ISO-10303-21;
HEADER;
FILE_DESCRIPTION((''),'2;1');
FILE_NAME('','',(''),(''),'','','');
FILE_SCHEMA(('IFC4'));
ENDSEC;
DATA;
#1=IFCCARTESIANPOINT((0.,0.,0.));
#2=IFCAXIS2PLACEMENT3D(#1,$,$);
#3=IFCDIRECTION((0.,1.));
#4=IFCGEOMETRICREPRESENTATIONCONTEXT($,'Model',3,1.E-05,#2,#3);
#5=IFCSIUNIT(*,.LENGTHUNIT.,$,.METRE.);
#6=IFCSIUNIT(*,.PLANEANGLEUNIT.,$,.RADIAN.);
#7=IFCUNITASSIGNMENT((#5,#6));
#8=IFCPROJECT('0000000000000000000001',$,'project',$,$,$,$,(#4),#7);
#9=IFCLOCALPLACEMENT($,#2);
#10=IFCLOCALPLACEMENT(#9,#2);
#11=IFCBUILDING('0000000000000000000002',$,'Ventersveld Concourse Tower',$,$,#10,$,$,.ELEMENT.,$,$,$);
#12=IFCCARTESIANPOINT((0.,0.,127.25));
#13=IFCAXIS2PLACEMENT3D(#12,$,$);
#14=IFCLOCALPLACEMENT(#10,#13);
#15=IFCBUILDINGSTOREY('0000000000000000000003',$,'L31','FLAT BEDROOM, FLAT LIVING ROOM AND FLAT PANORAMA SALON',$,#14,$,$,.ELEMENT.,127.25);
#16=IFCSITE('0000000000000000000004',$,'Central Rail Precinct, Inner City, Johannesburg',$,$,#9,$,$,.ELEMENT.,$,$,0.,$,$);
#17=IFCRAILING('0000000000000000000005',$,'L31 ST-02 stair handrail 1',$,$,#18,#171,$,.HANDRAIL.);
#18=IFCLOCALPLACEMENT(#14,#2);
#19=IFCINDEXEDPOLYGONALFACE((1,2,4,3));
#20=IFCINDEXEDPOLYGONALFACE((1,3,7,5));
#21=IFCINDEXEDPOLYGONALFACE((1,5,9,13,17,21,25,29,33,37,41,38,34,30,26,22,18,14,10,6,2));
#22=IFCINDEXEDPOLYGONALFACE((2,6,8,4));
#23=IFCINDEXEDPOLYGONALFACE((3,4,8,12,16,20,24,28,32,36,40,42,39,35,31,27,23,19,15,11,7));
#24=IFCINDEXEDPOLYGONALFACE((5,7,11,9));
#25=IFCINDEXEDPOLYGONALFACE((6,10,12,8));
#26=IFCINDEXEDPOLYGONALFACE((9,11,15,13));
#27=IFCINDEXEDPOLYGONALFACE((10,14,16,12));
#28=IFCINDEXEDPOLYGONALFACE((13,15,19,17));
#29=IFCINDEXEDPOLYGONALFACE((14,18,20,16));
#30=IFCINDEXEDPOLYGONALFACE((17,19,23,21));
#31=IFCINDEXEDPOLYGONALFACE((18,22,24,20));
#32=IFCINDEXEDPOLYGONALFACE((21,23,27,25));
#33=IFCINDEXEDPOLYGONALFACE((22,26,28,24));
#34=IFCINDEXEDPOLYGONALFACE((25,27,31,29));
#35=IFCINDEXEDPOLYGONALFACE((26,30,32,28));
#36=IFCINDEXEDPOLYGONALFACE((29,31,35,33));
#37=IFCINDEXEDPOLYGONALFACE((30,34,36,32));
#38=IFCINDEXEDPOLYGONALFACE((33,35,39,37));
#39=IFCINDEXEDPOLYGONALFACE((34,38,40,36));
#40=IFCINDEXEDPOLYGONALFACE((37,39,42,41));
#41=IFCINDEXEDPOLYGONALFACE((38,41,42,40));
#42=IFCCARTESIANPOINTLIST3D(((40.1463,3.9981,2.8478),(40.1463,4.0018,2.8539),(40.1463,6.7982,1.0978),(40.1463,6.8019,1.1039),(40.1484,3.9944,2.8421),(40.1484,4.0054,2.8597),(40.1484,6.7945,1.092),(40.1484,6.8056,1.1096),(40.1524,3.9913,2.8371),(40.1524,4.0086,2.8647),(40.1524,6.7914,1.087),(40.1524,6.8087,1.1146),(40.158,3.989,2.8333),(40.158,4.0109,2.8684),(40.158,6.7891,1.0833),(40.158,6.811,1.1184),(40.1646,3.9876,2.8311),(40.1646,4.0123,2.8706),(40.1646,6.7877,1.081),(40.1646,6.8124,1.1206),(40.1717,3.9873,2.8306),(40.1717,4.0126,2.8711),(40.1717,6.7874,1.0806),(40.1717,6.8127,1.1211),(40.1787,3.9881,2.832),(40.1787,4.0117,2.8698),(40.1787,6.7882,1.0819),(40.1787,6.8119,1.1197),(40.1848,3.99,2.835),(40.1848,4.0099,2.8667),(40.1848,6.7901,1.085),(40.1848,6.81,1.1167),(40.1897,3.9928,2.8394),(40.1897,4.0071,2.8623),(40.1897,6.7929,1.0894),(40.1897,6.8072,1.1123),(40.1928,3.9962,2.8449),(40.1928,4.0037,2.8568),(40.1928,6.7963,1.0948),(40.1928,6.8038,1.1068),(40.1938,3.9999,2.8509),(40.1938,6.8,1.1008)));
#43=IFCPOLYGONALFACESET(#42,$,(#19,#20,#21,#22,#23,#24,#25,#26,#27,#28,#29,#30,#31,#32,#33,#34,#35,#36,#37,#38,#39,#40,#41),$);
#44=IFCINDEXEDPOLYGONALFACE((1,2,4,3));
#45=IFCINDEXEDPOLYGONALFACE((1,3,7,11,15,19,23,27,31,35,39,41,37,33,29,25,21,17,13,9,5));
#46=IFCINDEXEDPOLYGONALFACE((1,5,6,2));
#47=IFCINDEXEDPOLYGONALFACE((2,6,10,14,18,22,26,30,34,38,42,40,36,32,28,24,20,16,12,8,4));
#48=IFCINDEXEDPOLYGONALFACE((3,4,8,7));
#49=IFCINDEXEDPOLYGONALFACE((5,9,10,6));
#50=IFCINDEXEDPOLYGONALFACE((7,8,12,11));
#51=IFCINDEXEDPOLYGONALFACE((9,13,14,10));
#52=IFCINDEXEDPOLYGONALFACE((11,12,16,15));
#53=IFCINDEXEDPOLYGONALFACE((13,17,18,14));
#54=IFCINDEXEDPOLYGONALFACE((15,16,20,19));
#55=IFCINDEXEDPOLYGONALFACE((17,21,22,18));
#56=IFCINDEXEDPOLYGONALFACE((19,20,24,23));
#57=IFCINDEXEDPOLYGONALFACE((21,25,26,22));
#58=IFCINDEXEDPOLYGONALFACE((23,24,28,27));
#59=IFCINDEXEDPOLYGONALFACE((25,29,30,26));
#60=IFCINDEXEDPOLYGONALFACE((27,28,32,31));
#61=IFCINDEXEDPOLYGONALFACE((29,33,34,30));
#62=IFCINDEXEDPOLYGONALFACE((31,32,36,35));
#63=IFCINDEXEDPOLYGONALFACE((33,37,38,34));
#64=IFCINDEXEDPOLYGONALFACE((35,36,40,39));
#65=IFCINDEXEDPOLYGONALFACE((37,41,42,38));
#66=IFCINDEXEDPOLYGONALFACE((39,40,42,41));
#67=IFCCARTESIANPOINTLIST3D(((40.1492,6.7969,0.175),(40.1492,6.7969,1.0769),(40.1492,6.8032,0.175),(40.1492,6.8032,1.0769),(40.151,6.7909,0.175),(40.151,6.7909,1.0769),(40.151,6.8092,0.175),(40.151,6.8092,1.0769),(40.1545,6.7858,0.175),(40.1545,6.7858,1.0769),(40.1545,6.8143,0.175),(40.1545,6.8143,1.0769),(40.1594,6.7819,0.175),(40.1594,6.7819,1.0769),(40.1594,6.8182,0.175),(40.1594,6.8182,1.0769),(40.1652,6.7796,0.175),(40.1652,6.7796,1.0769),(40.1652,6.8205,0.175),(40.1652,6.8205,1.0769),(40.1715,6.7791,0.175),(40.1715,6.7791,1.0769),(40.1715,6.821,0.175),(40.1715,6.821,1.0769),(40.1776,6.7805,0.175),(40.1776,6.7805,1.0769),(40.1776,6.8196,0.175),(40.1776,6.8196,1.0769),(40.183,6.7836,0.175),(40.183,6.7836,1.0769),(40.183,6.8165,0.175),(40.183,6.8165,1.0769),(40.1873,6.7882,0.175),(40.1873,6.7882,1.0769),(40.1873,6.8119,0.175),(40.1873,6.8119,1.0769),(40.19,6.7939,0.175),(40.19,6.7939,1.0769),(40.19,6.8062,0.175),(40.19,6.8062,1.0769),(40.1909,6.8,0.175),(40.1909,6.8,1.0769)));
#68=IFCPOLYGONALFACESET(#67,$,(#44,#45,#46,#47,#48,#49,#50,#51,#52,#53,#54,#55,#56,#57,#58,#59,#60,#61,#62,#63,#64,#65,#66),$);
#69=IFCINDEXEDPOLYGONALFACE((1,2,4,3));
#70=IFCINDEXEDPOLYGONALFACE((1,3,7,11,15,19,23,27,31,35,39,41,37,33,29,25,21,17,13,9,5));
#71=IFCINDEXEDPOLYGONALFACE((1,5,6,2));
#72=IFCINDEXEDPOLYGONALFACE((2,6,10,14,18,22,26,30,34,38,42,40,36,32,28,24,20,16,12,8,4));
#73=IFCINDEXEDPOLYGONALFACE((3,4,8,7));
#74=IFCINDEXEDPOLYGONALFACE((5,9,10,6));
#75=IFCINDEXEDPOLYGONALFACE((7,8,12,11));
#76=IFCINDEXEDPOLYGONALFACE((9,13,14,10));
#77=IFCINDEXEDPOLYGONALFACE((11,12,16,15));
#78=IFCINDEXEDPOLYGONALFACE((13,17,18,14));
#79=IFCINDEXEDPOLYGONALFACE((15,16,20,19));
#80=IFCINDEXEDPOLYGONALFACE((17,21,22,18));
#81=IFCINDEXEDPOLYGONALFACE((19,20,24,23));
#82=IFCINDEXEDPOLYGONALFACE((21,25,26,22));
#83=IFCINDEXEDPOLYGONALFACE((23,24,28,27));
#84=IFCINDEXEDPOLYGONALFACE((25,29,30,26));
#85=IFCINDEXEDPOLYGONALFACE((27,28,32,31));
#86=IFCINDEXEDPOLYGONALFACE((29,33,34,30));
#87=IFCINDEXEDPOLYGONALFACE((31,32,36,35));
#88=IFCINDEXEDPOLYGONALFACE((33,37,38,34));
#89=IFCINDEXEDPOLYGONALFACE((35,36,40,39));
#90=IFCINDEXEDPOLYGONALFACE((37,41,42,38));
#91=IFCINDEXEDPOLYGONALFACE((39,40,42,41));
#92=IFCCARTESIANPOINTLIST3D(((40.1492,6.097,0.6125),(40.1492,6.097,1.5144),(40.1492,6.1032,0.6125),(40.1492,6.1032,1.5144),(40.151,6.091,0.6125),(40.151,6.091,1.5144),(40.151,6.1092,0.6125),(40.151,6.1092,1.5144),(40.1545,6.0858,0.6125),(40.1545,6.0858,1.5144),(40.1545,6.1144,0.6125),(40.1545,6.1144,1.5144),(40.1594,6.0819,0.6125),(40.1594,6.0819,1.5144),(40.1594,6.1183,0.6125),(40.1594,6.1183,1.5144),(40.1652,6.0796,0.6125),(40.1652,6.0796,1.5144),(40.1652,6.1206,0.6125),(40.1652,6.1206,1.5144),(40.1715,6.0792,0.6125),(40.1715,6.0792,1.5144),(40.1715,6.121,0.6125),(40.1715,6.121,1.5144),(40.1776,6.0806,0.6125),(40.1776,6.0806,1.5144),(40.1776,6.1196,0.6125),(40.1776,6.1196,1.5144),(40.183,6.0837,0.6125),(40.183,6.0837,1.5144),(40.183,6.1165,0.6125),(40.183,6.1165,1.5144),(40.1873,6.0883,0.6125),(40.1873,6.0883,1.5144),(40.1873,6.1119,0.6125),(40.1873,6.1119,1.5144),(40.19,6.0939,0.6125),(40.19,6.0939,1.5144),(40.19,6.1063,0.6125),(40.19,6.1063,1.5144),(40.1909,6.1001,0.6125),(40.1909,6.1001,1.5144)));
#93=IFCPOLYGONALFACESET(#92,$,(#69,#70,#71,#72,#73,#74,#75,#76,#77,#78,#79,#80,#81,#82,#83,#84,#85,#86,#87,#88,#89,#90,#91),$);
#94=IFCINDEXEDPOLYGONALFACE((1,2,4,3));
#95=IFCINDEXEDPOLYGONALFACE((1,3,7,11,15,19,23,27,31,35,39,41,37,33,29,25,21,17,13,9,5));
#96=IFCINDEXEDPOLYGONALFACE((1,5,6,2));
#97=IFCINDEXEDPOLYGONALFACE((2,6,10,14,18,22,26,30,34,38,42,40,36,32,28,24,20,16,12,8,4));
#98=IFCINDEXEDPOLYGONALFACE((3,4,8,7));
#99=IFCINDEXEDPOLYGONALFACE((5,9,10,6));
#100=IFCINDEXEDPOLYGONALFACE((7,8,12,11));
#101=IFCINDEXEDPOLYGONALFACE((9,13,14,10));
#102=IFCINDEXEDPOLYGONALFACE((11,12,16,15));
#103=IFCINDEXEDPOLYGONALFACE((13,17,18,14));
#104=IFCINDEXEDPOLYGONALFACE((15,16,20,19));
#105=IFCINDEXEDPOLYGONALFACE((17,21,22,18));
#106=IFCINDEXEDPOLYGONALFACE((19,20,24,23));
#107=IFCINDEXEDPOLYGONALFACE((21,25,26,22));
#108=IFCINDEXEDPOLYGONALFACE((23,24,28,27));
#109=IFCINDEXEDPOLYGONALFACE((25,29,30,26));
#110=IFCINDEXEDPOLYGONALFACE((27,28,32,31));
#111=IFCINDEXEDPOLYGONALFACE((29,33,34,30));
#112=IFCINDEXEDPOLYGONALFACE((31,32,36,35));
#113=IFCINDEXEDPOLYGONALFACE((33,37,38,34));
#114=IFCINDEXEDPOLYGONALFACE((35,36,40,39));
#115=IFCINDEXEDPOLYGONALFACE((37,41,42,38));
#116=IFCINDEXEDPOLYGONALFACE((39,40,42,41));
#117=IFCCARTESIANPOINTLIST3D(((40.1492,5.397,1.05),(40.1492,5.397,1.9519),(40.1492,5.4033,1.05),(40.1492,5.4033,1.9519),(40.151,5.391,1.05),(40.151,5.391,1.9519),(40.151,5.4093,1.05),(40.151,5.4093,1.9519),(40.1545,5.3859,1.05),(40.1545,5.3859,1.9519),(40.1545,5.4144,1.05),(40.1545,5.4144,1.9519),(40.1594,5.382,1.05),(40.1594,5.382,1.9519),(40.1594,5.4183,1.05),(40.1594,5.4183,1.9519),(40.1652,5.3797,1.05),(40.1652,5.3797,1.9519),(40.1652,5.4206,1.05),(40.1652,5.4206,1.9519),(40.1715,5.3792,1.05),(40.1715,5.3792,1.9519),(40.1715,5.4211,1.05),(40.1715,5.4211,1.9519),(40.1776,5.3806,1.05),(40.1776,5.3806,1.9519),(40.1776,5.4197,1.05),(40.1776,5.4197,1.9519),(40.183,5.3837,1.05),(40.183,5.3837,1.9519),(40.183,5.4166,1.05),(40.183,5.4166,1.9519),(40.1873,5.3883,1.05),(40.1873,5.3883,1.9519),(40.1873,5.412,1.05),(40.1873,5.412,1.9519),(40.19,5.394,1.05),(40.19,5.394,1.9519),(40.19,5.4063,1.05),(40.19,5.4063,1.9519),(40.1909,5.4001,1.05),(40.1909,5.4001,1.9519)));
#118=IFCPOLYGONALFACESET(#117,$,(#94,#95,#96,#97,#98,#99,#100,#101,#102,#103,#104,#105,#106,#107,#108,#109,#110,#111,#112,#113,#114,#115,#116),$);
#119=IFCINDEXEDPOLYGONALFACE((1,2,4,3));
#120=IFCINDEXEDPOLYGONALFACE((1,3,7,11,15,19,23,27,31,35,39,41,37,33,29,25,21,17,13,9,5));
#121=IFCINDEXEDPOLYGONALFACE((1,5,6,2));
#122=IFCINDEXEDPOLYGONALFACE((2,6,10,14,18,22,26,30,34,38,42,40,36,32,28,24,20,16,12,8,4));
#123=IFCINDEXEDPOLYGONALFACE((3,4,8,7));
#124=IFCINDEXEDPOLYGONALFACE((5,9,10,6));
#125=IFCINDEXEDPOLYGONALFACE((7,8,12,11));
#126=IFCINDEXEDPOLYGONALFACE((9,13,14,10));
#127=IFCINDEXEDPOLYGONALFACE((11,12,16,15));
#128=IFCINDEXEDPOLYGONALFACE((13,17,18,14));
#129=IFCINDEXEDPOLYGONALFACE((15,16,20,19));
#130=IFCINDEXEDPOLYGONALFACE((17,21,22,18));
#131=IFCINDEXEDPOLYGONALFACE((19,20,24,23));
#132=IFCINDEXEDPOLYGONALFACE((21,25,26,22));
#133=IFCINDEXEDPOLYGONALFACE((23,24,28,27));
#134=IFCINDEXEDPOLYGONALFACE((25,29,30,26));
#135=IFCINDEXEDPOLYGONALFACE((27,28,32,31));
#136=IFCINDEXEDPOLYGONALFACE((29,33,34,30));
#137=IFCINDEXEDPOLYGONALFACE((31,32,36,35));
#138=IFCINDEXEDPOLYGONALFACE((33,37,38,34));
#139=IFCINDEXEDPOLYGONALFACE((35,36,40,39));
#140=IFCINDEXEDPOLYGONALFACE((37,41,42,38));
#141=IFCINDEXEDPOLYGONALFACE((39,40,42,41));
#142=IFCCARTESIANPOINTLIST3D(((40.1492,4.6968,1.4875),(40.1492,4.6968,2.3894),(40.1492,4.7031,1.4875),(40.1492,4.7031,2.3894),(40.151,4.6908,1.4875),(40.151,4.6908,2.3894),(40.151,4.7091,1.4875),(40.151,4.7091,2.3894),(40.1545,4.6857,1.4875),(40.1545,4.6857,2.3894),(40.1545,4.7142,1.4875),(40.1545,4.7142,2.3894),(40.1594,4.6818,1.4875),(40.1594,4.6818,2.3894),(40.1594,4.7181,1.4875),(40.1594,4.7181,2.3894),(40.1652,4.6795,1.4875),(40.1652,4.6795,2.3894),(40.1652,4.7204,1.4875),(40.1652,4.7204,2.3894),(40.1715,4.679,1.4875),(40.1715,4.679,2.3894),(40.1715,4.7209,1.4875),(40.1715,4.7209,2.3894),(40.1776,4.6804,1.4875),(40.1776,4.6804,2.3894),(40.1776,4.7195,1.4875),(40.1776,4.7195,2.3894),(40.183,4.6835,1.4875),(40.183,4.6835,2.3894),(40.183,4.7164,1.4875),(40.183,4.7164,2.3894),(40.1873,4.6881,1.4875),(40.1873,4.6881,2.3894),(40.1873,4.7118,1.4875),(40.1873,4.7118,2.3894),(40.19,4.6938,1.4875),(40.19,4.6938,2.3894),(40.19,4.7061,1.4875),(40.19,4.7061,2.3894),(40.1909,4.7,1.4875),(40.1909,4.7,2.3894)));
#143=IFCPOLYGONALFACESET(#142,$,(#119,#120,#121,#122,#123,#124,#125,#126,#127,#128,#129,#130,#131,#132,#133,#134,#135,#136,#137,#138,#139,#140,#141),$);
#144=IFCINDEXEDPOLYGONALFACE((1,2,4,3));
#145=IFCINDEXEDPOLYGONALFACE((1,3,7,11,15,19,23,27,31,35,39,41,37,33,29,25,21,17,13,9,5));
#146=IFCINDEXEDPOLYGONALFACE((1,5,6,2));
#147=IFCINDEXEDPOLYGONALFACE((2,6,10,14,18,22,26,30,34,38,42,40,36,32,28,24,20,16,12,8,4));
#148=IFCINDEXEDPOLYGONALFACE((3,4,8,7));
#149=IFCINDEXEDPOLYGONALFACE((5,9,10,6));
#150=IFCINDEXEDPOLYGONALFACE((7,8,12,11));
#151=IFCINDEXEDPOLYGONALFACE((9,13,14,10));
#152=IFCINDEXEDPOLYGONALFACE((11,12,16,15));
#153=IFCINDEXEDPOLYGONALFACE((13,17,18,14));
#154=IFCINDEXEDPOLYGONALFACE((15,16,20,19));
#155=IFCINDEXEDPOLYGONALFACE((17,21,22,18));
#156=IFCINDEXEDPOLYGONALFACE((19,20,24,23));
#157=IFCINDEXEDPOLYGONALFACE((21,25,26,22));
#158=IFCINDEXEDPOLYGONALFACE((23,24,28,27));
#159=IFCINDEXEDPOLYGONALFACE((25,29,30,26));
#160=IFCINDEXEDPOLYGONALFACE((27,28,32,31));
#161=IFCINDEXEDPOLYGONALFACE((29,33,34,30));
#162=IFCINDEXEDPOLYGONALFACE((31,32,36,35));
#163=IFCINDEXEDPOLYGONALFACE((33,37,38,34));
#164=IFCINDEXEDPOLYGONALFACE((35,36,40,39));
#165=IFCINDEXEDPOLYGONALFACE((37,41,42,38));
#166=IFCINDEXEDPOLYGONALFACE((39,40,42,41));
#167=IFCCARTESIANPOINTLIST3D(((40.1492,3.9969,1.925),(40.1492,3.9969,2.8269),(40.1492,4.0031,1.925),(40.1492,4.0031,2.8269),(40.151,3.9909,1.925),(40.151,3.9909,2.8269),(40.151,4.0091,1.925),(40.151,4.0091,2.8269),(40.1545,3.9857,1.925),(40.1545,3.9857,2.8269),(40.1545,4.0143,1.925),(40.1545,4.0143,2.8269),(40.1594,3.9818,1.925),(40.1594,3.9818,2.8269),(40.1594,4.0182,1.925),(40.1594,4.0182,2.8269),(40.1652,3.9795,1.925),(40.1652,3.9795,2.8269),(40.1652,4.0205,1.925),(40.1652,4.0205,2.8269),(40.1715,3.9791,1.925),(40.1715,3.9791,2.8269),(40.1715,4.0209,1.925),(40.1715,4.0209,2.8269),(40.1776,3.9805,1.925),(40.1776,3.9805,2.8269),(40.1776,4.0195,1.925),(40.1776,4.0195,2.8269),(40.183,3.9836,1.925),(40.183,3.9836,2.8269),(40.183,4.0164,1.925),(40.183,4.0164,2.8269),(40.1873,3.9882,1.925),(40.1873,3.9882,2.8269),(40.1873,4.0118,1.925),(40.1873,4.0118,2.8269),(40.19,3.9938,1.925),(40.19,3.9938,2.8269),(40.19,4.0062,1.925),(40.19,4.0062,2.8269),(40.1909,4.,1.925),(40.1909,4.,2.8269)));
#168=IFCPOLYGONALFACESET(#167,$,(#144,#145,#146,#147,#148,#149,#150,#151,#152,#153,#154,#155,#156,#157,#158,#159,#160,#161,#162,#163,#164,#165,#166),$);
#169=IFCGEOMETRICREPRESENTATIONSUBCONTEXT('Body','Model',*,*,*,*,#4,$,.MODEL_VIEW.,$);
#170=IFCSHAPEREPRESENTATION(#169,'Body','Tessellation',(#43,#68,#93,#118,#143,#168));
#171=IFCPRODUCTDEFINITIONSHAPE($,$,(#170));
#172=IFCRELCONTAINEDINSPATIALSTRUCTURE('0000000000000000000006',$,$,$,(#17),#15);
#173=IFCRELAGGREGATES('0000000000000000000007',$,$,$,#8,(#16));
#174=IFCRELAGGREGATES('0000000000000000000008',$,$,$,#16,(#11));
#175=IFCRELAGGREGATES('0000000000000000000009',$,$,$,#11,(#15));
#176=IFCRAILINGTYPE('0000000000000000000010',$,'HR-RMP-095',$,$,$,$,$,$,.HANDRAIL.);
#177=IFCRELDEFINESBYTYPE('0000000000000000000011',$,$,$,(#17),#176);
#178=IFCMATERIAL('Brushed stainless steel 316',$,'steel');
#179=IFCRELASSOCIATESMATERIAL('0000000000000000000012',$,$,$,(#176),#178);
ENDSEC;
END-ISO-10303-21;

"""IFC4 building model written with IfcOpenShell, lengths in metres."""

from ifc_helpers import new_model, si_unit, direction, frame, origin, origin_2d, place, context, subcontext, project, spatial, circle, extrude, material, type_object, element, save


model = new_model("IFC4")

# Units and contexts
model_context = context("Model", 3, precision=1e-05, world=origin(), true_north=direction((0.0, 1.0)))
body_context = subcontext(model_context, "Body", "Model", "MODEL_VIEW")
ifc_project = project(units=[si_unit("LENGTHUNIT", "METRE"), si_unit("PLANEANGLEUNIT", "RADIAN")], contexts=[model_context])

# Site, building, storey
site_placement = place(None, origin())
site = spatial("IfcSite", under=ifc_project, at=site_placement, Name="Central Rail Precinct, Inner City, Johannesburg", CompositionType="ELEMENT", RefElevation=0.0)
building_placement = place(site_placement, origin())
building = spatial("IfcBuilding", under=site, at=building_placement, Name="Ventersveld Concourse Tower", CompositionType="ELEMENT")
storey_placement = place(building_placement, frame((0.0, 0.0, 127.25)))
storey = spatial("IfcBuildingStorey", under=building, at=storey_placement, Name="L31", Description="FLAT BEDROOM, FLAT LIVING ROOM AND FLAT PANORAMA SALON", CompositionType="ELEMENT", Elevation=127.25)

# Railing
ifc_material_1 = material(Name="Brushed stainless steel 316", Category="steel")
railing_type_1 = type_object("IfcRailingType", Name="HR-RMP-095", PredefinedType="HANDRAIL", material=ifc_material_1)
railing_1_placement = place(storey_placement, frame((40.1699, 6.8, 0.175)))
element("IfcRailing", 1, at=railing_1_placement, inside=storey, type_object=railing_type_1, Name="L31 ST-02 stair handrail 1", PredefinedType="HANDRAIL", context=body_context, shape_type="SweptSolid", body=[
    extrude(circle(Radius=0.0239, at=origin_2d()), frame((0.0, 0.0, 0.9258), z_axis=(0.0, -0.848002, 0.529992), x_axis=(1.0, 0.0, 0.0)), (0.0, 0.0, 1.0), 3.302),
    extrude(circle(Radius=0.021, at=origin_2d()), origin(), (0.0, 0.0, 1.0), 0.9019),
    extrude(circle(Radius=0.021, at=origin_2d()), frame((0.0, -0.7, 0.4375)), (0.0, 0.0, 1.0), 0.9019),
    extrude(circle(Radius=0.021, at=origin_2d()), frame((0.0, -1.3999, 0.875)), (0.0, 0.0, 1.0), 0.9019),
    extrude(circle(Radius=0.021, at=origin_2d()), frame((0.0, -2.1001, 1.3125)), (0.0, 0.0, 1.0), 0.9019),
    extrude(circle(Radius=0.021, at=origin_2d()), frame((0.0, -2.8, 1.75)), (0.0, 0.0, 1.0), 0.9019),
])

save(model, "model.ifc")
